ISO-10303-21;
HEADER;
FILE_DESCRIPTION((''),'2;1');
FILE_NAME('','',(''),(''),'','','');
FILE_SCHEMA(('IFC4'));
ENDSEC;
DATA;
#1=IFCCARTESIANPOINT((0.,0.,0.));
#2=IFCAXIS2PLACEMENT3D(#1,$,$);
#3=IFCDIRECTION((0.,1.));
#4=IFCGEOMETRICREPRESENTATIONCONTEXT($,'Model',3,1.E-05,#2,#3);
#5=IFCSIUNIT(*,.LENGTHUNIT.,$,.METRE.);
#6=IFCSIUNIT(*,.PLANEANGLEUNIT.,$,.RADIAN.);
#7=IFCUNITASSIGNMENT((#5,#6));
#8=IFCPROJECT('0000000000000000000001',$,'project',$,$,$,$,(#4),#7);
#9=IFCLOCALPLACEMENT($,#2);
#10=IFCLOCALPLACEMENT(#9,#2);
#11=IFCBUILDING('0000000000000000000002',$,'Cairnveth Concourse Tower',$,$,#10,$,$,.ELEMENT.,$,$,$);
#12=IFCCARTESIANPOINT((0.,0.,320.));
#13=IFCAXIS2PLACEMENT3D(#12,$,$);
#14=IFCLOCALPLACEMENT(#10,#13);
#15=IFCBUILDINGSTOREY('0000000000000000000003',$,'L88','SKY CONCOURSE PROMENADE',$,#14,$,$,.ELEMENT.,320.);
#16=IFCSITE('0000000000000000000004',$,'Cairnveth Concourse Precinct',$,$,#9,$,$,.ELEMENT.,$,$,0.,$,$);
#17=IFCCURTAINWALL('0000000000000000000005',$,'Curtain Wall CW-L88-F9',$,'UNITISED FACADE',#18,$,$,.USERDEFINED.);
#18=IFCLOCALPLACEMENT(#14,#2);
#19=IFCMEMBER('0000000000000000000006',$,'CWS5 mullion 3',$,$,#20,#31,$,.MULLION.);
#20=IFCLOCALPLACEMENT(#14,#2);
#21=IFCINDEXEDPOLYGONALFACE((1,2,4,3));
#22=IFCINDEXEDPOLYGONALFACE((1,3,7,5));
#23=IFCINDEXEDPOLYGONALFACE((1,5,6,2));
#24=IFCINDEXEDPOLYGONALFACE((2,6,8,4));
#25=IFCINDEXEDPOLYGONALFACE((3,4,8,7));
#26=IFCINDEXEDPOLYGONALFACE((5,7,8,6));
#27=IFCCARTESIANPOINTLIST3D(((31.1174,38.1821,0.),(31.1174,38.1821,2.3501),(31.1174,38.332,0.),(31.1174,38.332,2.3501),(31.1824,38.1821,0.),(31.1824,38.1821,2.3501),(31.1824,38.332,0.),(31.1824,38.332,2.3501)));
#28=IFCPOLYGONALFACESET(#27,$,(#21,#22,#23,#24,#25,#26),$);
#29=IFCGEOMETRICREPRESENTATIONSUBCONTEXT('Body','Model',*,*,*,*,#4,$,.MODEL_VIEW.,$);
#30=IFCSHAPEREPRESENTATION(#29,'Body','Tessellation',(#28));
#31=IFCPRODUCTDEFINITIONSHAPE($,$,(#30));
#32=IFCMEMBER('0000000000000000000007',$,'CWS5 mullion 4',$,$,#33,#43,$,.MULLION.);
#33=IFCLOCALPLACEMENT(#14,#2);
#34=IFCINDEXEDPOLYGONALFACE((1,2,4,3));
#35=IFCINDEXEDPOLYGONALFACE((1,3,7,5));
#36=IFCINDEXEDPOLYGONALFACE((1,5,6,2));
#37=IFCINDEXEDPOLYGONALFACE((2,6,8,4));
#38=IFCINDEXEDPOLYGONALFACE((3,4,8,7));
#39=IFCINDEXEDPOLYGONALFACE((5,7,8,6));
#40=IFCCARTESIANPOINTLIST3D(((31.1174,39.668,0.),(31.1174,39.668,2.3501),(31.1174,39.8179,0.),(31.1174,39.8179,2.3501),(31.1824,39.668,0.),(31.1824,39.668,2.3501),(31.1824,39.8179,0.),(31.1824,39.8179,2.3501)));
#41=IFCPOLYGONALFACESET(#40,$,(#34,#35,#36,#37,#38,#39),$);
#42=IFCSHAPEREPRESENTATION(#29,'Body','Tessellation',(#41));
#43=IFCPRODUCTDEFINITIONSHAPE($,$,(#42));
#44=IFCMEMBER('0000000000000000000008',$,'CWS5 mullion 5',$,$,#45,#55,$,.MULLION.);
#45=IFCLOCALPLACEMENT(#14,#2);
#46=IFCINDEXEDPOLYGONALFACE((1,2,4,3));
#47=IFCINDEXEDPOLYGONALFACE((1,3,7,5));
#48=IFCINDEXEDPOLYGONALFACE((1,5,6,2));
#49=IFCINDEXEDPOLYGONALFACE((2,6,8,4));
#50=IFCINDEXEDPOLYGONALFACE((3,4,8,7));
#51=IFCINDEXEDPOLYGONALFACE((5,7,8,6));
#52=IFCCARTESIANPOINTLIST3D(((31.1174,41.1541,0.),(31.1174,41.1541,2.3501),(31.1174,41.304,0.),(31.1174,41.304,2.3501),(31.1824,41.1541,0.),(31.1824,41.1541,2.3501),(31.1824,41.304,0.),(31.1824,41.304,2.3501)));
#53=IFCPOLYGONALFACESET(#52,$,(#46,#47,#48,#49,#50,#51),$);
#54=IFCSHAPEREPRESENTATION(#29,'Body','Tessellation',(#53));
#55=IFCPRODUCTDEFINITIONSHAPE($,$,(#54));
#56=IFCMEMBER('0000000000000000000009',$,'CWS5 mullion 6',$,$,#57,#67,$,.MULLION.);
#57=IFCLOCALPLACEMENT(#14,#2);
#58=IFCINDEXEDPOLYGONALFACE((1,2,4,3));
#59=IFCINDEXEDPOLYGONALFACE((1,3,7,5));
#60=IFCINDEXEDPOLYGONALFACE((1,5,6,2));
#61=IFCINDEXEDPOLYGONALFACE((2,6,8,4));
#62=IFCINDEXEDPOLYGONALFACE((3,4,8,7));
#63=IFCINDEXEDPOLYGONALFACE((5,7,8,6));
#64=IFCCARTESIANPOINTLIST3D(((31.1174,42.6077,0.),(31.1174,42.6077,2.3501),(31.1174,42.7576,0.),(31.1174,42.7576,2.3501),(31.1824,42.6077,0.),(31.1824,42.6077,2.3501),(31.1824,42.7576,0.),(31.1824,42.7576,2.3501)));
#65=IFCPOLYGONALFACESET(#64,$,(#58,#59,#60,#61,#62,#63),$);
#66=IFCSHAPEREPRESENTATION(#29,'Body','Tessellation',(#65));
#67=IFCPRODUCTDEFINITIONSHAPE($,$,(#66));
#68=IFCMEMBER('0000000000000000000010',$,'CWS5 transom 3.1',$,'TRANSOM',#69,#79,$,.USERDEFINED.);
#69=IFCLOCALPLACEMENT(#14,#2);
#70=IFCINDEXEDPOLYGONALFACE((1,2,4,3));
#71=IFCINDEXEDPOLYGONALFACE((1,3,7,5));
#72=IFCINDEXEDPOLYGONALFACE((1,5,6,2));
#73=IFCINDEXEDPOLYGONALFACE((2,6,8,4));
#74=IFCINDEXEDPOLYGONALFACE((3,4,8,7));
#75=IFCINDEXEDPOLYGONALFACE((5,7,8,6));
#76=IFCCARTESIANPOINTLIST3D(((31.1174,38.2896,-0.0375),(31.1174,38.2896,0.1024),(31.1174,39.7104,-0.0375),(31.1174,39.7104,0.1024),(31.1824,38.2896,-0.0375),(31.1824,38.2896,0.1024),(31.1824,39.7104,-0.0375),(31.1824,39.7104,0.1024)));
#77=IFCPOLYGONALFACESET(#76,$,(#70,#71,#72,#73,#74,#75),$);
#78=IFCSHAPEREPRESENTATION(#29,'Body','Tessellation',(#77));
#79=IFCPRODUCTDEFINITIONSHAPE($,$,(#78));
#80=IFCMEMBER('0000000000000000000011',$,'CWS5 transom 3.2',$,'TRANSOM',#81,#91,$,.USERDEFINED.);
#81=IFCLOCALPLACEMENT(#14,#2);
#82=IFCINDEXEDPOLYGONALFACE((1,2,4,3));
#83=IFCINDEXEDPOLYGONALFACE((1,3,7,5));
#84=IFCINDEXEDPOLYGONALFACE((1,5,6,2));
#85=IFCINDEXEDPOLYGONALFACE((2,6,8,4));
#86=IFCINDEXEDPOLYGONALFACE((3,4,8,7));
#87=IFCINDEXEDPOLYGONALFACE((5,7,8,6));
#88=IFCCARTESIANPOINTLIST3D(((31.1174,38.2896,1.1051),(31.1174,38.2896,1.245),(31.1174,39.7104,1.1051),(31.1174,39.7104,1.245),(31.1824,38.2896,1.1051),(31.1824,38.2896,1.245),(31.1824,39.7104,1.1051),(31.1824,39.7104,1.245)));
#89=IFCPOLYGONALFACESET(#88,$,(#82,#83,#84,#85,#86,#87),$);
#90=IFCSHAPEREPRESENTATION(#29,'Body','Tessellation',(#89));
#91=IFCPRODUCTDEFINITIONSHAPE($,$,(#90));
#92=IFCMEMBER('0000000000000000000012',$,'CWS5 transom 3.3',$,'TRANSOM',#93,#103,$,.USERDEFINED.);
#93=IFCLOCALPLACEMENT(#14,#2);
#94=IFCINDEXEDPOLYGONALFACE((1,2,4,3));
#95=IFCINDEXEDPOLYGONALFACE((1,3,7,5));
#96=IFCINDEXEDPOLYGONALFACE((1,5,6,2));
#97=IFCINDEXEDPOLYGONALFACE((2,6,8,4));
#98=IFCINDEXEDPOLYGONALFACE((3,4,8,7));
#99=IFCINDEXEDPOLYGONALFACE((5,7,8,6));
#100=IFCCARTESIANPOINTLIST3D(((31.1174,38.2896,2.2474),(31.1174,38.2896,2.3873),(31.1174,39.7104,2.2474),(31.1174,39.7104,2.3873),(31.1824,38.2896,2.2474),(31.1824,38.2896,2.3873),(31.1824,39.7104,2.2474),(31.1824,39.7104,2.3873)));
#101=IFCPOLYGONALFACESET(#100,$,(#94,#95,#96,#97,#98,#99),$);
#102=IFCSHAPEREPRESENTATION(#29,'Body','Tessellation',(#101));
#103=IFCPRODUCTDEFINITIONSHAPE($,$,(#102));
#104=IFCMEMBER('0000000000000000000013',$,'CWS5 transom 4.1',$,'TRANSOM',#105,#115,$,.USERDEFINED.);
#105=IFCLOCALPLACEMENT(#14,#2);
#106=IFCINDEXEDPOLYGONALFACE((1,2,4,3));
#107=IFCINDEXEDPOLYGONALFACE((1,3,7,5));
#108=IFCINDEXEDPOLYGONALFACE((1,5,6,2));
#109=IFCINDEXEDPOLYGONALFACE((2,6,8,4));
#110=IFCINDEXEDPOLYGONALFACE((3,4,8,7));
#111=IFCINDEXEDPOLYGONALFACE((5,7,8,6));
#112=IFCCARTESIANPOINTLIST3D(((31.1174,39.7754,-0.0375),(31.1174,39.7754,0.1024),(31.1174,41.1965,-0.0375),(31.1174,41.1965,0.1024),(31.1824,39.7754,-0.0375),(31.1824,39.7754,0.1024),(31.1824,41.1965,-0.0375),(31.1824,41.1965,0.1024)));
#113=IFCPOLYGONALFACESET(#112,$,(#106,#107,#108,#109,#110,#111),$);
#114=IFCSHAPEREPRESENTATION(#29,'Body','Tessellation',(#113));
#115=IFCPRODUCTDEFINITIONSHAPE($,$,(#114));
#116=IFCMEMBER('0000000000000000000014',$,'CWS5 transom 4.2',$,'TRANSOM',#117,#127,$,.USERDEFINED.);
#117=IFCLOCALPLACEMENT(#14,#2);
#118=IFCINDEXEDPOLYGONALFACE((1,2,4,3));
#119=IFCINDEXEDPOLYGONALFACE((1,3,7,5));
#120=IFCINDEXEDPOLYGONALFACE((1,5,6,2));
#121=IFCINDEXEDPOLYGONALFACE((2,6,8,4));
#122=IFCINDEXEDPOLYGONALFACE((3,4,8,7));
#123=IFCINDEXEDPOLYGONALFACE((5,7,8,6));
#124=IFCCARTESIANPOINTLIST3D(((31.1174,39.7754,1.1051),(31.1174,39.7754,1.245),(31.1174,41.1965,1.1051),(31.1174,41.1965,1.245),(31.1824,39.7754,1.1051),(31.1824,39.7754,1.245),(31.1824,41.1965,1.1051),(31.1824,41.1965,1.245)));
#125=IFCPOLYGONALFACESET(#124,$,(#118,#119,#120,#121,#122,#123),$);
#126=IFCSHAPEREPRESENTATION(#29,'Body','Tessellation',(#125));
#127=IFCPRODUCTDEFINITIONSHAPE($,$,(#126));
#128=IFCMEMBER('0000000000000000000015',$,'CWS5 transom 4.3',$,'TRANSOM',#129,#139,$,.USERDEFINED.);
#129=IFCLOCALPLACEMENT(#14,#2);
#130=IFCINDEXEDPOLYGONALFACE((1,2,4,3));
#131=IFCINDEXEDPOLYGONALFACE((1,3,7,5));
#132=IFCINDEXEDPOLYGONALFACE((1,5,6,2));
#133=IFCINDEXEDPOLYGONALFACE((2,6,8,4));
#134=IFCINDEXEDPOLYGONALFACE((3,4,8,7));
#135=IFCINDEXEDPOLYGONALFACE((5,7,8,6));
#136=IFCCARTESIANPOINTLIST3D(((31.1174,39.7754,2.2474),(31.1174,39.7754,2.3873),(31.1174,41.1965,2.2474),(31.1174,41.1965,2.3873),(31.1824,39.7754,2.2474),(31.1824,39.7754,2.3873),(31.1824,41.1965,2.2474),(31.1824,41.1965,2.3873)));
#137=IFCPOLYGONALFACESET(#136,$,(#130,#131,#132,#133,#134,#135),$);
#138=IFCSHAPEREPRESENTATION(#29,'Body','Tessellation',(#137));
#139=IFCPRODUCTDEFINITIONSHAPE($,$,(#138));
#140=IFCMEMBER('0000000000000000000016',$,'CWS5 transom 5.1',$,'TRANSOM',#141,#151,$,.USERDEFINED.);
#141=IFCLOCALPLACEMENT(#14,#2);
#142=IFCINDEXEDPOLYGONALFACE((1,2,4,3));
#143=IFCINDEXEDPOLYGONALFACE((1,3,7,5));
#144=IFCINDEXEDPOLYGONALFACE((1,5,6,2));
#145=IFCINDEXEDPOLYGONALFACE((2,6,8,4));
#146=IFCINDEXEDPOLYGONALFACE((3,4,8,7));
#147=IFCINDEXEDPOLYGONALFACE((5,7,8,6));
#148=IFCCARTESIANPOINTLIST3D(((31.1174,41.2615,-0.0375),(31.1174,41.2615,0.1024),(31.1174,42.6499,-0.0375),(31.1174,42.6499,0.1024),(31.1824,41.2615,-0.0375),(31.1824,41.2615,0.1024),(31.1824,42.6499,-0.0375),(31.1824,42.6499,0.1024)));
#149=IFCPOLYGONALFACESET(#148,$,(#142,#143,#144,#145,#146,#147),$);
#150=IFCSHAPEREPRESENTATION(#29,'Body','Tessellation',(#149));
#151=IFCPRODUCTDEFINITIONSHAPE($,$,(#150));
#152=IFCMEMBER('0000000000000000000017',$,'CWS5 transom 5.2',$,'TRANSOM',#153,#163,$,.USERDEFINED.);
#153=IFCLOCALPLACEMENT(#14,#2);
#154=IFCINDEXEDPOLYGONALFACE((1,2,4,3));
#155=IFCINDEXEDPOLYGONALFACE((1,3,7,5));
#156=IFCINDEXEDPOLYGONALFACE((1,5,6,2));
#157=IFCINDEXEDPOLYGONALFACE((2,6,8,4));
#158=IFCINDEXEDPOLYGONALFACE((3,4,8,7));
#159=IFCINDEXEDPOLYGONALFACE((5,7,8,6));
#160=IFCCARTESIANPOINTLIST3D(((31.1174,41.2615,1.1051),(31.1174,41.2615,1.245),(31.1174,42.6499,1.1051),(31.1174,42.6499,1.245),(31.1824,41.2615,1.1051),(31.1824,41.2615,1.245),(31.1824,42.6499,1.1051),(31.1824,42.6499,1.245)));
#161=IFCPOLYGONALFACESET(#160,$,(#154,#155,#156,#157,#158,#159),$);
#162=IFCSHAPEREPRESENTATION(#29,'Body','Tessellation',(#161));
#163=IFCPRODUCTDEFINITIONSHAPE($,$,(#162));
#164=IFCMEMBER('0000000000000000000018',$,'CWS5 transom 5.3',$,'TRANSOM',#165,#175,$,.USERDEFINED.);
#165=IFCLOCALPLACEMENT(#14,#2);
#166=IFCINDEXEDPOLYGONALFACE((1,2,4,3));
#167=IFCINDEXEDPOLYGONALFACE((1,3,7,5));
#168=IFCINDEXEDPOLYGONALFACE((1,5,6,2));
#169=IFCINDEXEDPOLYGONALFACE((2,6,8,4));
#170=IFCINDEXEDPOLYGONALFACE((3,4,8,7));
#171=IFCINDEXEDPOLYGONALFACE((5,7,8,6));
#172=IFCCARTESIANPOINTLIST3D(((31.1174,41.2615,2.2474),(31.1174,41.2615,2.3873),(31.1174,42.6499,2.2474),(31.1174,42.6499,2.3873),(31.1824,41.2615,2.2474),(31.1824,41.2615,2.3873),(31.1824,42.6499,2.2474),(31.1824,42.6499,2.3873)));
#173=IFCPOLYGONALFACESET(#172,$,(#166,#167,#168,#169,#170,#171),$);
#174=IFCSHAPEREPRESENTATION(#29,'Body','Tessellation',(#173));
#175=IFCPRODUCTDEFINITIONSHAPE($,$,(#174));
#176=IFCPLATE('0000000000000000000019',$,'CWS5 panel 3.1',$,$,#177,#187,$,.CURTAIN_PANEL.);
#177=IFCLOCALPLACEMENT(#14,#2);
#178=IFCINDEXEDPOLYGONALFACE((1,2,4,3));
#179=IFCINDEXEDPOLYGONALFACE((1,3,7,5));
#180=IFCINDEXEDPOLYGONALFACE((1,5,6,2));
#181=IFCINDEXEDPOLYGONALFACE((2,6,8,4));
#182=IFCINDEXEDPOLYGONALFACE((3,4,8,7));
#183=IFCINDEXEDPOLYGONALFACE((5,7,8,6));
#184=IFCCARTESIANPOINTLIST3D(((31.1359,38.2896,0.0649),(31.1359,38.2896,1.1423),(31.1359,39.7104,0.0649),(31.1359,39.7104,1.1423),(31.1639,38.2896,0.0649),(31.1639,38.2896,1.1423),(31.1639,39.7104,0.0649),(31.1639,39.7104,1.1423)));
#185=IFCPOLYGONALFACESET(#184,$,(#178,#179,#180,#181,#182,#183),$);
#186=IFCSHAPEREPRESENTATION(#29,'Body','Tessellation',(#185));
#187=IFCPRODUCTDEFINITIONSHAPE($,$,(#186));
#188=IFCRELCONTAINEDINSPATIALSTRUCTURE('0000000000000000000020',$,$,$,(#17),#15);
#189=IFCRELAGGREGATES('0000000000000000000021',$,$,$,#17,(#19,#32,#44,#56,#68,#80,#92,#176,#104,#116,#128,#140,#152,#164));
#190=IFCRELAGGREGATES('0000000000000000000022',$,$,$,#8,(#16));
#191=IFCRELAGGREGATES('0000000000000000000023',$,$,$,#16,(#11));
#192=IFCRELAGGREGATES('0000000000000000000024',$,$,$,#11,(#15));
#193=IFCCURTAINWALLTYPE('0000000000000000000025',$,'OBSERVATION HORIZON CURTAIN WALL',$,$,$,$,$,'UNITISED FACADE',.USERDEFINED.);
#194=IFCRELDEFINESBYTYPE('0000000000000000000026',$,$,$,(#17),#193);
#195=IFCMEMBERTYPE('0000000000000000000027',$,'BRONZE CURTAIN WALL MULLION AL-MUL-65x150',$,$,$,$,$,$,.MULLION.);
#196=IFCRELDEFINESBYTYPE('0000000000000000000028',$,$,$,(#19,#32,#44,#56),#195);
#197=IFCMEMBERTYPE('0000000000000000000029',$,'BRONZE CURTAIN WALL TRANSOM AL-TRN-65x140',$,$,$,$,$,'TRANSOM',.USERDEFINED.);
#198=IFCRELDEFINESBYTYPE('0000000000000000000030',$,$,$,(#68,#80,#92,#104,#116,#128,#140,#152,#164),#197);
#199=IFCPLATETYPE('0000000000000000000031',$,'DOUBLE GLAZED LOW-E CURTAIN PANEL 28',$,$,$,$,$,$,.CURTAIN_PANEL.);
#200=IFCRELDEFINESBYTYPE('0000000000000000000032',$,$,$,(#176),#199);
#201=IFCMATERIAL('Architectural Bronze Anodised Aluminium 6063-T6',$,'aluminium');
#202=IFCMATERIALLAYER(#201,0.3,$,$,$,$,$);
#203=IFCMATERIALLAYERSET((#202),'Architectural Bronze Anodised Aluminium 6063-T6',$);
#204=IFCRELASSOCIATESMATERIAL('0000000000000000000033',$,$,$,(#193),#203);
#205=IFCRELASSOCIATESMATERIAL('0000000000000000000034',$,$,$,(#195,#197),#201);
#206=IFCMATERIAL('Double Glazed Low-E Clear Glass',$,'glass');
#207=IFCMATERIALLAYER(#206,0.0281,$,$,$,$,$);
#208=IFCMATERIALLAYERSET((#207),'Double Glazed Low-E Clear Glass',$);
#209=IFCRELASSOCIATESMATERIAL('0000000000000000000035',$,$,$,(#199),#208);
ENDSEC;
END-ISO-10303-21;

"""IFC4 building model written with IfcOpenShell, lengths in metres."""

from ifc_helpers import new_model, si_unit, direction, frame, origin, origin_2d, place, context, subcontext, project, spatial, rectangle, extrude, material, layer, layer_set, material_profile, profile_set, type_object, element, aggregate, save


model = new_model("IFC4")

# Units and contexts
model_context = context("Model", 3, precision=1e-05, world=origin(), true_north=direction((0.0, 1.0)))
body_context = subcontext(model_context, "Body", "Model", "MODEL_VIEW")
ifc_project = project(units=[si_unit("LENGTHUNIT", "METRE"), si_unit("PLANEANGLEUNIT", "RADIAN")], contexts=[model_context])

# Site, building, storey
site_placement = place(None, origin())
site = spatial("IfcSite", under=ifc_project, at=site_placement, Name="Cairnveth Concourse Precinct", CompositionType="ELEMENT", RefElevation=0.0)
building_placement = place(site_placement, origin())
building = spatial("IfcBuilding", under=site, at=building_placement, Name="Cairnveth Concourse Tower", CompositionType="ELEMENT")
storey_placement = place(building_placement, frame((0.0, 0.0, 320.0)))
storey = spatial("IfcBuildingStorey", under=building, at=storey_placement, Name="L88", Description="SKY CONCOURSE PROMENADE", CompositionType="ELEMENT", Elevation=320.0)

# Curtain wall, members, plate
ifc_material_1 = material(Name="Architectural Bronze Anodised Aluminium 6063-T6", Category="aluminium")
ifc_layer_1 = layer(ifc_material_1, 0.3)
ifc_layer_set_1 = layer_set([ifc_layer_1], Name="Architectural Bronze Anodised Aluminium 6063-T6")
curtain_wall_type = type_object("IfcCurtainWallType", Name="OBSERVATION HORIZON CURTAIN WALL", ElementType="UNITISED FACADE", PredefinedType="USERDEFINED", material=ifc_layer_set_1)
curtain_wall_placement = place(storey_placement, origin())
curtain_wall = element("IfcCurtainWall", 1, at=curtain_wall_placement, inside=storey, type_object=curtain_wall_type, Name="Curtain Wall CW-L88-F9", ObjectType="UNITISED FACADE", PredefinedType="USERDEFINED")
ifc_material_profile_1 = material_profile(ifc_material_1, rectangle(XDim=0.0649, YDim=0.1499, at=origin_2d()), Name="AL-MUL-65x150")
ifc_profile_set_1 = profile_set([ifc_material_profile_1], Name="Architectural Bronze Anodised Aluminium 6063-T6")
member_type_1 = type_object("IfcMemberType", Name="BRONZE CURTAIN WALL MULLION AL-MUL-65x150", PredefinedType="MULLION", material=ifc_profile_set_1)
member_1_placement = place(storey_placement, frame((31.1499, 38.2571, 0.0), z_axis=(0.0, 0.0, 1.0), x_axis=(-1.0, 0.0, 0.0)))
member_1 = element("IfcMember", 2, at=member_1_placement, type_object=member_type_1, Name="CWS5 mullion 3", PredefinedType="MULLION", context=body_context, shape_type="SweptSolid", body=[
    extrude(rectangle(XDim=0.0649, YDim=0.1499, at=origin_2d()), origin(), (0.0, 0.0, 1.0), 2.3501),
])
member_2_placement = place(storey_placement, frame((31.1499, 39.7429, 0.0), z_axis=(0.0, 0.0, 1.0), x_axis=(-1.0, 0.0, 0.0)))
member_2 = element("IfcMember", 3, at=member_2_placement, type_object=member_type_1, Name="CWS5 mullion 4", PredefinedType="MULLION", context=body_context, shape_type="SweptSolid", body=[
    extrude(rectangle(XDim=0.0649, YDim=0.1499, at=origin_2d()), origin(), (0.0, 0.0, 1.0), 2.3501),
])
member_3_placement = place(storey_placement, frame((31.1499, 41.229, 0.0), z_axis=(0.0, 0.0, 1.0), x_axis=(-1.0, 0.0, 0.0)))
member_3 = element("IfcMember", 4, at=member_3_placement, type_object=member_type_1, Name="CWS5 mullion 5", PredefinedType="MULLION", context=body_context, shape_type="SweptSolid", body=[
    extrude(rectangle(XDim=0.0649, YDim=0.1499, at=origin_2d()), origin(), (0.0, 0.0, 1.0), 2.3501),
])
member_4_placement = place(storey_placement, frame((31.1499, 42.6826, 0.0), z_axis=(0.0, 0.0, 1.0), x_axis=(-1.0, 0.0, 0.0)))
member_4 = element("IfcMember", 5, at=member_4_placement, type_object=member_type_1, Name="CWS5 mullion 6", PredefinedType="MULLION", context=body_context, shape_type="SweptSolid", body=[
    extrude(rectangle(XDim=0.0649, YDim=0.1499, at=origin_2d()), origin(), (0.0, 0.0, 1.0), 2.3501),
])
ifc_material_profile_2 = material_profile(ifc_material_1, rectangle(XDim=0.0649, YDim=0.1399, at=origin_2d()), Name="AL-TRN-65x140")
ifc_profile_set_2 = profile_set([ifc_material_profile_2], Name="Architectural Bronze Anodised Aluminium 6063-T6")
member_type_2 = type_object("IfcMemberType", Name="BRONZE CURTAIN WALL TRANSOM AL-TRN-65x140", ElementType="TRANSOM", PredefinedType="USERDEFINED", material=ifc_profile_set_2)
member_5_placement = place(storey_placement, frame((31.1499, 38.2896, 0.0325), z_axis=(0.0, 1.0, 0.0), x_axis=(-1.0, 0.0, 0.0)))
member_5 = element("IfcMember", 6, at=member_5_placement, type_object=member_type_2, Name="CWS5 transom 3.1", ObjectType="TRANSOM", PredefinedType="USERDEFINED", context=body_context, shape_type="SweptSolid", body=[
    extrude(rectangle(XDim=0.0649, YDim=0.1399, at=origin_2d()), origin(), (0.0, 0.0, 1.0), 1.4209),
])
member_6_placement = place(storey_placement, frame((31.1499, 38.2896, 1.175), z_axis=(0.0, 1.0, 0.0), x_axis=(-1.0, 0.0, 0.0)))
member_6 = element("IfcMember", 7, at=member_6_placement, type_object=member_type_2, Name="CWS5 transom 3.2", ObjectType="TRANSOM", PredefinedType="USERDEFINED", context=body_context, shape_type="SweptSolid", body=[
    extrude(rectangle(XDim=0.0649, YDim=0.1399, at=origin_2d()), origin(), (0.0, 0.0, 1.0), 1.4209),
])
member_7_placement = place(storey_placement, frame((31.1499, 38.2896, 2.3174), z_axis=(0.0, 1.0, 0.0), x_axis=(-1.0, 0.0, 0.0)))
member_7 = element("IfcMember", 8, at=member_7_placement, type_object=member_type_2, Name="CWS5 transom 3.3", ObjectType="TRANSOM", PredefinedType="USERDEFINED", context=body_context, shape_type="SweptSolid", body=[
    extrude(rectangle(XDim=0.0649, YDim=0.1399, at=origin_2d()), origin(), (0.0, 0.0, 1.0), 1.4209),
])
member_8_placement = place(storey_placement, frame((31.1499, 39.7754, 0.0325), z_axis=(0.0, 1.0, 0.0), x_axis=(-1.0, 0.0, 0.0)))
member_8 = element("IfcMember", 9, at=member_8_placement, type_object=member_type_2, Name="CWS5 transom 4.1", ObjectType="TRANSOM", PredefinedType="USERDEFINED", context=body_context, shape_type="SweptSolid", body=[
    extrude(rectangle(XDim=0.0649, YDim=0.1399, at=origin_2d()), origin(), (0.0, 0.0, 1.0), 1.4211),
])
member_9_placement = place(storey_placement, frame((31.1499, 39.7754, 1.175), z_axis=(0.0, 1.0, 0.0), x_axis=(-1.0, 0.0, 0.0)))
member_9 = element("IfcMember", 10, at=member_9_placement, type_object=member_type_2, Name="CWS5 transom 4.2", ObjectType="TRANSOM", PredefinedType="USERDEFINED", context=body_context, shape_type="SweptSolid", body=[
    extrude(rectangle(XDim=0.0649, YDim=0.1399, at=origin_2d()), origin(), (0.0, 0.0, 1.0), 1.4211),
])
member_10_placement = place(storey_placement, frame((31.1499, 39.7754, 2.3174), z_axis=(0.0, 1.0, 0.0), x_axis=(-1.0, 0.0, 0.0)))
member_10 = element("IfcMember", 11, at=member_10_placement, type_object=member_type_2, Name="CWS5 transom 4.3", ObjectType="TRANSOM", PredefinedType="USERDEFINED", context=body_context, shape_type="SweptSolid", body=[
    extrude(rectangle(XDim=0.0649, YDim=0.1399, at=origin_2d()), origin(), (0.0, 0.0, 1.0), 1.4211),
])
member_11_placement = place(storey_placement, frame((31.1499, 41.2615, 0.0325), z_axis=(0.0, 1.0, 0.0), x_axis=(-1.0, 0.0, 0.0)))
member_11 = element("IfcMember", 12, at=member_11_placement, type_object=member_type_2, Name="CWS5 transom 5.1", ObjectType="TRANSOM", PredefinedType="USERDEFINED", context=body_context, shape_type="SweptSolid", body=[
    extrude(rectangle(XDim=0.0649, YDim=0.1399, at=origin_2d()), origin(), (0.0, 0.0, 1.0), 1.3884),
])
member_12_placement = place(storey_placement, frame((31.1499, 41.2615, 1.175), z_axis=(0.0, 1.0, 0.0), x_axis=(-1.0, 0.0, 0.0)))
member_12 = element("IfcMember", 13, at=member_12_placement, type_object=member_type_2, Name="CWS5 transom 5.2", ObjectType="TRANSOM", PredefinedType="USERDEFINED", context=body_context, shape_type="SweptSolid", body=[
    extrude(rectangle(XDim=0.0649, YDim=0.1399, at=origin_2d()), origin(), (0.0, 0.0, 1.0), 1.3884),
])
member_13_placement = place(storey_placement, frame((31.1499, 41.2615, 2.3174), z_axis=(0.0, 1.0, 0.0), x_axis=(-1.0, 0.0, 0.0)))
member_13 = element("IfcMember", 14, at=member_13_placement, type_object=member_type_2, Name="CWS5 transom 5.3", ObjectType="TRANSOM", PredefinedType="USERDEFINED", context=body_context, shape_type="SweptSolid", body=[
    extrude(rectangle(XDim=0.0649, YDim=0.1399, at=origin_2d()), origin(), (0.0, 0.0, 1.0), 1.3884),
])
ifc_material_2 = material(Name="Double Glazed Low-E Clear Glass", Category="glass")
ifc_layer_2 = layer(ifc_material_2, 0.0281)
ifc_layer_set_2 = layer_set([ifc_layer_2], Name="Double Glazed Low-E Clear Glass")
plate_type = type_object("IfcPlateType", Name="DOUBLE GLAZED LOW-E CURTAIN PANEL 28", PredefinedType="CURTAIN_PANEL", material=ifc_layer_set_2)
plate_1_placement = place(storey_placement, frame((31.1499, 39.0, 0.0649), z_axis=(0.0, 0.0, 1.0), x_axis=(0.0, 1.0, 0.0)))
plate_1 = element("IfcPlate", 15, at=plate_1_placement, type_object=plate_type, Name="CWS5 panel 3.1", PredefinedType="CURTAIN_PANEL", context=body_context, shape_type="SweptSolid", body=[
    extrude(rectangle(XDim=1.4209, YDim=0.0281, at=origin_2d()), origin(), (0.0, 0.0, 1.0), 1.0774),
])
aggregate(curtain_wall, [member_1, member_2, member_3, member_4, member_5, member_6, member_7, plate_1, member_8, member_9, member_10, member_11, member_12, member_13])

save(model, "model.ifc")
